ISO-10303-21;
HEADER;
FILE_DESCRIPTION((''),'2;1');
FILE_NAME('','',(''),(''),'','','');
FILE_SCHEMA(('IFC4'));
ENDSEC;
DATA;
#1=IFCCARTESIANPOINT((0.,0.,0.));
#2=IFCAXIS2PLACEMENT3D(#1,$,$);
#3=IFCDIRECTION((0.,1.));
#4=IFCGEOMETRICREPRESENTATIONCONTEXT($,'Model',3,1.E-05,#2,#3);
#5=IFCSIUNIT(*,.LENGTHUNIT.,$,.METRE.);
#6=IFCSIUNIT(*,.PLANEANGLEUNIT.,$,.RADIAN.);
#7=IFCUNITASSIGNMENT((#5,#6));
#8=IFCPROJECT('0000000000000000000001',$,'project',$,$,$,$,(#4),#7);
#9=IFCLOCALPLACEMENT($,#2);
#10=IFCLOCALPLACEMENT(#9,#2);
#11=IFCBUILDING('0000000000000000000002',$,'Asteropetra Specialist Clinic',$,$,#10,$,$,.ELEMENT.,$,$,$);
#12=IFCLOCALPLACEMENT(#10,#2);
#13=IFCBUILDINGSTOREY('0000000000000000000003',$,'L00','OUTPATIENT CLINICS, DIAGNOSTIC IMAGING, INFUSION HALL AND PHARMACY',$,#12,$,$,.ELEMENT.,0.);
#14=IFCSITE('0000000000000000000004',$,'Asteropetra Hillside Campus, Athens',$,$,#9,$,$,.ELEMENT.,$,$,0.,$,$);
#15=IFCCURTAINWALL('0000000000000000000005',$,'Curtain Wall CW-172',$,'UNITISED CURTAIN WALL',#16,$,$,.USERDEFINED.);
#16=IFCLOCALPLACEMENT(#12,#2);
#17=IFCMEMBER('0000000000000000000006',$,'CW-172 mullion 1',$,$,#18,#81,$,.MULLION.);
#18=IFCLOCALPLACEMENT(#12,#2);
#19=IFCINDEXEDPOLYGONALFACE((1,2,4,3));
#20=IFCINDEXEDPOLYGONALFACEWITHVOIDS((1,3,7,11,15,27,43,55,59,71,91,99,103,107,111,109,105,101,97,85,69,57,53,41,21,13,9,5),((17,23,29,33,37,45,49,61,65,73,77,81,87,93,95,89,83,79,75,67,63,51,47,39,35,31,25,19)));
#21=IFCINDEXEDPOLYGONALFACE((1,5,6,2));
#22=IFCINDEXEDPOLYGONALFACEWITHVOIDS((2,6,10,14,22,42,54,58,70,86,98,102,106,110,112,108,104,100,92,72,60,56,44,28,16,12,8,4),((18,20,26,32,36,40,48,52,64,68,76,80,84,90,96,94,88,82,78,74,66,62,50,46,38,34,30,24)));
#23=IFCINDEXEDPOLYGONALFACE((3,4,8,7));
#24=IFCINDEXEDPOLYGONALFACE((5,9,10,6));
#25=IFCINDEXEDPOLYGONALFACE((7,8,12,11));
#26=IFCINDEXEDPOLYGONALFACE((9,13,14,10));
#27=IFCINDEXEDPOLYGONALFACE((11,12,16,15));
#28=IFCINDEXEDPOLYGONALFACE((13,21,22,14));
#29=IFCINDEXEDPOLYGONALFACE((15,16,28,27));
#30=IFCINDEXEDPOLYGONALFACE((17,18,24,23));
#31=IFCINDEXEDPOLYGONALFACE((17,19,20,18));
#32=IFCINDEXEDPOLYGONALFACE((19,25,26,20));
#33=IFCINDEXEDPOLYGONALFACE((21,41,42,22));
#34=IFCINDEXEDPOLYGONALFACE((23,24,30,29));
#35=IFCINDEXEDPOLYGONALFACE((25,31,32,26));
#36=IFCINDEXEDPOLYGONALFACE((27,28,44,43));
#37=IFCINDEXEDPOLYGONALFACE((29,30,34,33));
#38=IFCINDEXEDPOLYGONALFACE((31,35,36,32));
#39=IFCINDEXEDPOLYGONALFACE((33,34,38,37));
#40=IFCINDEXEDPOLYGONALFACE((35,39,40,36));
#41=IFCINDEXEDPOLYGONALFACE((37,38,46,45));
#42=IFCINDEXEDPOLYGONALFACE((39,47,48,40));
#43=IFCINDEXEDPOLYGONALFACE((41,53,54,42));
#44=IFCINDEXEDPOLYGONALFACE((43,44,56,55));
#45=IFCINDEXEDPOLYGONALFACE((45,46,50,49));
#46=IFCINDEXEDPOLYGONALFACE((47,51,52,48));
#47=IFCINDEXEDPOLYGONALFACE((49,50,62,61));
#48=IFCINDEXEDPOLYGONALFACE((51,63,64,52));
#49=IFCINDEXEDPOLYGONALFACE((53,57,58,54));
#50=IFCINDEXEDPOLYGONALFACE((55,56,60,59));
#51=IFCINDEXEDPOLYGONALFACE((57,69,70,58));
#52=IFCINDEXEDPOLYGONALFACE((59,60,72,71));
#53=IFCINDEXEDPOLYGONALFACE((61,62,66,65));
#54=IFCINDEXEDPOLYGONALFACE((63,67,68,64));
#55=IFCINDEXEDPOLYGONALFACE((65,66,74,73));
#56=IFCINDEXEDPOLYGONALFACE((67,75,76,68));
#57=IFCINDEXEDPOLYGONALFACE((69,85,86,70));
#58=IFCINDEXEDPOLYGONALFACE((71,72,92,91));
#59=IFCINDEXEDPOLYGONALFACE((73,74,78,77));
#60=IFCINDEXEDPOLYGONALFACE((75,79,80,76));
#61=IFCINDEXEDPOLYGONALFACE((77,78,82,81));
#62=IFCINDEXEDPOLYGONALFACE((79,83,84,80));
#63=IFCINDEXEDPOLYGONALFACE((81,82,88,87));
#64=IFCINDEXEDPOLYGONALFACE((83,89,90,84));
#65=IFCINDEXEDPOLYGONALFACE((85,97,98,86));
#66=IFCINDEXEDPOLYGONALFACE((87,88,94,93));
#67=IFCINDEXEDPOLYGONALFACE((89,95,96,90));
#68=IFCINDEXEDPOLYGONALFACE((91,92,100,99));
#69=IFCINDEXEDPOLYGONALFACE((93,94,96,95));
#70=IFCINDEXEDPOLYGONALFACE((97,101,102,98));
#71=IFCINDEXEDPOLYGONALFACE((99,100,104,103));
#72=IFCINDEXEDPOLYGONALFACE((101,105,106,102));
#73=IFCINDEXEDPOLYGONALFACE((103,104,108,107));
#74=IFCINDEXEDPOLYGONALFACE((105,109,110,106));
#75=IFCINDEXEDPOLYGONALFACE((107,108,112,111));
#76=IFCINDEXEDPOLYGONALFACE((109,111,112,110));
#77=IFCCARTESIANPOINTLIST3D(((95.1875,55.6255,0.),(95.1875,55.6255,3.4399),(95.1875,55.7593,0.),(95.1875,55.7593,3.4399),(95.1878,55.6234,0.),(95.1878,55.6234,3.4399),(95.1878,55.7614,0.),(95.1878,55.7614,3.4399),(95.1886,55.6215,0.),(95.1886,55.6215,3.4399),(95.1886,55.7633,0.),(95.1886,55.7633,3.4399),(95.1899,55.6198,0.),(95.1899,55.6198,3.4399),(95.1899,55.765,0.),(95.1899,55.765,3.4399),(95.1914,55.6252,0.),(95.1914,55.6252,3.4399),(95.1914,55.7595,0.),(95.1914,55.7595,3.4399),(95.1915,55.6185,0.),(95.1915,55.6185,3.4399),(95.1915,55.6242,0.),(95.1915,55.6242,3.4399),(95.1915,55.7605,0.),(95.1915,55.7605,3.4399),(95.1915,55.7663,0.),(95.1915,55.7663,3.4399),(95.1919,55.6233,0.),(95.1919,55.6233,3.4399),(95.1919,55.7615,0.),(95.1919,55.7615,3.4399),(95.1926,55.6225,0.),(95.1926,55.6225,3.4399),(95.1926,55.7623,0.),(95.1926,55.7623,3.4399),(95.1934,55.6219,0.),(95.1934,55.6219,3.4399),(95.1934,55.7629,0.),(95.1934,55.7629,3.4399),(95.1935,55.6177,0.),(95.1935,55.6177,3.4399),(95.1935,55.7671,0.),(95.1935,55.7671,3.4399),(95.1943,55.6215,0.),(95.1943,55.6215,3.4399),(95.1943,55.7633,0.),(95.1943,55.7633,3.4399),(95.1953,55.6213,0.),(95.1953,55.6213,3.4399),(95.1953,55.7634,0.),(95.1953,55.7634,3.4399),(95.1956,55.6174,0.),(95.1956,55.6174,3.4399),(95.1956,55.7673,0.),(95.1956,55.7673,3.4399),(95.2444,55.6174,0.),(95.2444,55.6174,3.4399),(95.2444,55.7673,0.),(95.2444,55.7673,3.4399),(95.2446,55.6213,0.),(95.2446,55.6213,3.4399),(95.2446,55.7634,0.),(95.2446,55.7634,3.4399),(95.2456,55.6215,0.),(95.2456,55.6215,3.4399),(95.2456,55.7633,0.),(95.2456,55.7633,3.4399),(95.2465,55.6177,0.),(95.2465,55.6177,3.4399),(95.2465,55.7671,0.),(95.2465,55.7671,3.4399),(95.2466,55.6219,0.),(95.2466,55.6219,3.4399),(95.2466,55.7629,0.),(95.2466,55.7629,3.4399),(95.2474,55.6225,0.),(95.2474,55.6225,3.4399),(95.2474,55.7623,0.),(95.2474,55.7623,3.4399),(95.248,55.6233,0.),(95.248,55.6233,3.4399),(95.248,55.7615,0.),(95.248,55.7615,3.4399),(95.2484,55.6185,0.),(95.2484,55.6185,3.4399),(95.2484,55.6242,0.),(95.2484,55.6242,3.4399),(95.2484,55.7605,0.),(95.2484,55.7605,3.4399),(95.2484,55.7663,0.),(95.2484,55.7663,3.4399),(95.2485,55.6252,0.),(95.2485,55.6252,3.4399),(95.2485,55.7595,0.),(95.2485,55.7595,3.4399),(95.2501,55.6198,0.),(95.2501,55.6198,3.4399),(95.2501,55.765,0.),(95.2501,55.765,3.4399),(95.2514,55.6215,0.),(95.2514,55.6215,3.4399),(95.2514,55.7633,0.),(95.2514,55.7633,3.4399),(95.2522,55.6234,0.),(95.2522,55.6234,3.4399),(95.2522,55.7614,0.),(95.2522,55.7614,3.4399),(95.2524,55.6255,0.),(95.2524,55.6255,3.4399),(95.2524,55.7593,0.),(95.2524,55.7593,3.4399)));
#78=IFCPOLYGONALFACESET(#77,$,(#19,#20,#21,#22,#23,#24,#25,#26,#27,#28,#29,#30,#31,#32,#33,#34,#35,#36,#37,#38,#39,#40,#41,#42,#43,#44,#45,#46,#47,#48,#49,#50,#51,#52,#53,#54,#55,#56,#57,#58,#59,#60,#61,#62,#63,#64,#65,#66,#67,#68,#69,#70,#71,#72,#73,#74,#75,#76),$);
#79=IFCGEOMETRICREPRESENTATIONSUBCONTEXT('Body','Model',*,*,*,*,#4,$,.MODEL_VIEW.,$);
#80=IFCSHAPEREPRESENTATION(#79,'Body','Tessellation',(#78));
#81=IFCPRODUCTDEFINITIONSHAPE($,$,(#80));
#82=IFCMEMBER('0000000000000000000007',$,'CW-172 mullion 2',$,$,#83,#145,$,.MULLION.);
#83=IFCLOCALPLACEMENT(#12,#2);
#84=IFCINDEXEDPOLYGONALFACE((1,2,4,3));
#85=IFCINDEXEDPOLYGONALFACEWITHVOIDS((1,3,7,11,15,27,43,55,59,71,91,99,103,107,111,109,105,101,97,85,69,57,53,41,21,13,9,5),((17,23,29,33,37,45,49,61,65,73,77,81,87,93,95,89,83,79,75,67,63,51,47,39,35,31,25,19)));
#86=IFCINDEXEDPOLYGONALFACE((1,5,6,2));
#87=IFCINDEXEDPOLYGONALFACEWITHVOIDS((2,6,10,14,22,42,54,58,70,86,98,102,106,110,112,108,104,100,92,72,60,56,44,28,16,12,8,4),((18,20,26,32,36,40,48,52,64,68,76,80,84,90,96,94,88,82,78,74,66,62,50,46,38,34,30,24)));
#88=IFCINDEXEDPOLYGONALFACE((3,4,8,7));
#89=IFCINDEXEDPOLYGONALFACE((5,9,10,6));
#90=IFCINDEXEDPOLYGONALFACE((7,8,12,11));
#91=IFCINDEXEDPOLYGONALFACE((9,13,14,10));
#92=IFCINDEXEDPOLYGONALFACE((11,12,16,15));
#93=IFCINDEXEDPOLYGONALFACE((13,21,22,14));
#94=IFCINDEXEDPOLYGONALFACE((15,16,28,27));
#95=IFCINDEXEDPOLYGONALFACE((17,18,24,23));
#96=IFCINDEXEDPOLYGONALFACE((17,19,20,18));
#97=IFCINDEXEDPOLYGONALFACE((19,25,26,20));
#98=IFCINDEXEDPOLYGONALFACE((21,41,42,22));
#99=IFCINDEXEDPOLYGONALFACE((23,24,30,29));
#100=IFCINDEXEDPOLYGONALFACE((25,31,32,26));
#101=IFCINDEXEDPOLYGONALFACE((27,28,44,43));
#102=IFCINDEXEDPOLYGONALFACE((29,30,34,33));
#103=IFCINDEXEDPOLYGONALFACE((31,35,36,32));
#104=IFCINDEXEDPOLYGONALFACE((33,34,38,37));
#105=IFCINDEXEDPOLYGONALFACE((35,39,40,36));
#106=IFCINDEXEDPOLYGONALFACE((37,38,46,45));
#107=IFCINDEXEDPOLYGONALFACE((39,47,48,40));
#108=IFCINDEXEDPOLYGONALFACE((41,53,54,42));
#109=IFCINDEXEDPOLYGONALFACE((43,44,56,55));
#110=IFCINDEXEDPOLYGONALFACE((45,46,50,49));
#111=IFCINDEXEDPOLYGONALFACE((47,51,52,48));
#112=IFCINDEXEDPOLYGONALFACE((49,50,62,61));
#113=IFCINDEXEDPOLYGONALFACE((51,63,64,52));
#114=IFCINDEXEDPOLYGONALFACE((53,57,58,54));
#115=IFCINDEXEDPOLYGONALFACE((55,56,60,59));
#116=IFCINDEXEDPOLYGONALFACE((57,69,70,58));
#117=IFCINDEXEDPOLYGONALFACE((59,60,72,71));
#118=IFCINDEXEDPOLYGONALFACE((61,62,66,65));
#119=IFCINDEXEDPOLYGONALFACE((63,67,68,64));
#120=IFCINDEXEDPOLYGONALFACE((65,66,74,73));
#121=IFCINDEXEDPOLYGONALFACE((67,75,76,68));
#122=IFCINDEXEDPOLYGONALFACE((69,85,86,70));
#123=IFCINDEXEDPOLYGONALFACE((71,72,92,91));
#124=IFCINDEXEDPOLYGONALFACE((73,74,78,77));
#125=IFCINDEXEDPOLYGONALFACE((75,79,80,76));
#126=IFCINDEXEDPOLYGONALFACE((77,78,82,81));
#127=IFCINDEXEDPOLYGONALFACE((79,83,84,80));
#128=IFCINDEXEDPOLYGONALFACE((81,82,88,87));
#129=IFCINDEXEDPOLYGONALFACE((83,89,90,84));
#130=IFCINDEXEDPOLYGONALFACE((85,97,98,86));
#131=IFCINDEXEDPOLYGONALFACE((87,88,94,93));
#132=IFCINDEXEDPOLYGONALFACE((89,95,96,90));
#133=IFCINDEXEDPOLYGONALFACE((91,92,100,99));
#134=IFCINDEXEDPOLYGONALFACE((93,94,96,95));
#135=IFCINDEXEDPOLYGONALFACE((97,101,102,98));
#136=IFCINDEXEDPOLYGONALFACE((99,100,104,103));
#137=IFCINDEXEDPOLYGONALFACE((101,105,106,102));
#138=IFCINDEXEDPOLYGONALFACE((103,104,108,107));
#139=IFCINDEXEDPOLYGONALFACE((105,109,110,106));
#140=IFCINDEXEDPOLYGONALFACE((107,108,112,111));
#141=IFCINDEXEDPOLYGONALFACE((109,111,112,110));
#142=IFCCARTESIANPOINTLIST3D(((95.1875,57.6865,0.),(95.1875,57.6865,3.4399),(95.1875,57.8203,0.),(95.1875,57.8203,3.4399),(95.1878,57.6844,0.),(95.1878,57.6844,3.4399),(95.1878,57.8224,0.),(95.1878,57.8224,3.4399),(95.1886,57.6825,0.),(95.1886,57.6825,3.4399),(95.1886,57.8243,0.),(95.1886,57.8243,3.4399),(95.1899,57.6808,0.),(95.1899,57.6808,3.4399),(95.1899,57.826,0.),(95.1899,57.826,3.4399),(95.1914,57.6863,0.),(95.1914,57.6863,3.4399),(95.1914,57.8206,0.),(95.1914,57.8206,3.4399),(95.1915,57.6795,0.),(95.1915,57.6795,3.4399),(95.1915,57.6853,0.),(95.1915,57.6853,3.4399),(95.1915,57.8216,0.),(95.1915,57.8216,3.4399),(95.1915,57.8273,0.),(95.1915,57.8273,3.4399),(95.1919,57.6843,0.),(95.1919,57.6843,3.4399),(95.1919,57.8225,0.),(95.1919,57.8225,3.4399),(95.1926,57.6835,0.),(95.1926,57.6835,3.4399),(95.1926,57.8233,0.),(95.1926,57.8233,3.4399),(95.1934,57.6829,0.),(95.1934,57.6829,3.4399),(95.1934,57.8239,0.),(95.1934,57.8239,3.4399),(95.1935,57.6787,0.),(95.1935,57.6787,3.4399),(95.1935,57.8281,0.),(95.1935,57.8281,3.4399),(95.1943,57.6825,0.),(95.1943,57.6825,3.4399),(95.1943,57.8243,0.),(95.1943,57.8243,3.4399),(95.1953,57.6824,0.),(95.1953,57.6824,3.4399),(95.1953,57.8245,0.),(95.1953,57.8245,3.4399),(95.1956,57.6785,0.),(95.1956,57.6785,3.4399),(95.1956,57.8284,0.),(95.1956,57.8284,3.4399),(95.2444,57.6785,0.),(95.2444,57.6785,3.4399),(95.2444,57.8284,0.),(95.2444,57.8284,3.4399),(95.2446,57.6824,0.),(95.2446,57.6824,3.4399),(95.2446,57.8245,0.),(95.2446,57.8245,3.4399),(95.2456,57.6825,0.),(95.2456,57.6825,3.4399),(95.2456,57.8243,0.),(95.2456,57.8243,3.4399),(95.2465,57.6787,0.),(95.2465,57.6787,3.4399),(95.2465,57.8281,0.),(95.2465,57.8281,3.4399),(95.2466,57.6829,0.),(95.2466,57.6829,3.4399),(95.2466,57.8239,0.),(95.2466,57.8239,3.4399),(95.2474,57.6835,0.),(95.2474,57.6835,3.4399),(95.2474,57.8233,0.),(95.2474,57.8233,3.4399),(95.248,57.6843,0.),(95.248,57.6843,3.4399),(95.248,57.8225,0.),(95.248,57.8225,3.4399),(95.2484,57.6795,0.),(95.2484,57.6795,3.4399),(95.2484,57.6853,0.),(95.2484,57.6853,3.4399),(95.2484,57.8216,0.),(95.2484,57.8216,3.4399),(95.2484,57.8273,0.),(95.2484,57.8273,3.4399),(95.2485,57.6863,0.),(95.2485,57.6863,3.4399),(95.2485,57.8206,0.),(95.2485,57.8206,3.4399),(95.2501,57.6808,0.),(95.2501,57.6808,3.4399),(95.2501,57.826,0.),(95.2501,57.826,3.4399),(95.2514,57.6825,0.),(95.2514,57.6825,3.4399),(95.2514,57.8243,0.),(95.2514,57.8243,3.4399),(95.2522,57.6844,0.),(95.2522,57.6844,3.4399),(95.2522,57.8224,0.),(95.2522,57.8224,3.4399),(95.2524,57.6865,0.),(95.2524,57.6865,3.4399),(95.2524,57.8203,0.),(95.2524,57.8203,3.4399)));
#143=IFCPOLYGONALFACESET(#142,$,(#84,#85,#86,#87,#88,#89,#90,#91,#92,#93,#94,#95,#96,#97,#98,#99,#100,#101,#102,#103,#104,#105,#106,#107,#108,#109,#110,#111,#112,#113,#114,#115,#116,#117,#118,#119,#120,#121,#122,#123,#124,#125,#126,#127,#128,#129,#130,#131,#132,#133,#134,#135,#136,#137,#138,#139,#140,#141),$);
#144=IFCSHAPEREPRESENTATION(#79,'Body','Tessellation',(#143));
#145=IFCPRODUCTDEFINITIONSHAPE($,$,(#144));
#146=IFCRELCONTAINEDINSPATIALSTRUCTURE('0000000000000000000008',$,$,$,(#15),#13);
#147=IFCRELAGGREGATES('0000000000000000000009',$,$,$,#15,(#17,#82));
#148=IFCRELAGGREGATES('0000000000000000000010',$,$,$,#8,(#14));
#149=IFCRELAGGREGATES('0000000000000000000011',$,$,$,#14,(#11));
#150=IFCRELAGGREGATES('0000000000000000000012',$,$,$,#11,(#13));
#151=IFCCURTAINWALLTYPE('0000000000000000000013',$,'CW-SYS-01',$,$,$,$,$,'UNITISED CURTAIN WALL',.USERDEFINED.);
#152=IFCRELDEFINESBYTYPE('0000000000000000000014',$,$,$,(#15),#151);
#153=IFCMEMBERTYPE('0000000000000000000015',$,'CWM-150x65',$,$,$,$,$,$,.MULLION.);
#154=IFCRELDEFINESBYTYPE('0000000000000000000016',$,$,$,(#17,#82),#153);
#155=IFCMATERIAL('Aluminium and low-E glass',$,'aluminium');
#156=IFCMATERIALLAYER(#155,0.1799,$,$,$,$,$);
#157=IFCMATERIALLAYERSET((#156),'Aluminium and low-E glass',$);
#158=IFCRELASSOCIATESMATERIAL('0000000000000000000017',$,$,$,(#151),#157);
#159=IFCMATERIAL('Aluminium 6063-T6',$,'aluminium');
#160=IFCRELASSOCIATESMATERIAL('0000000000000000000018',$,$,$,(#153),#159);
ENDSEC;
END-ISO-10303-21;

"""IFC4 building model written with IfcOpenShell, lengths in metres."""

from ifc_helpers import new_model, si_unit, direction, frame, origin, origin_2d, place, context, subcontext, project, spatial, hollow_rectangle, extrude, material, layer, layer_set, material_profile, profile_set, type_object, element, aggregate, save


model = new_model("IFC4")

# Units and contexts
model_context = context("Model", 3, precision=1e-05, world=origin(), true_north=direction((0.0, 1.0)))
body_context = subcontext(model_context, "Body", "Model", "MODEL_VIEW")
ifc_project = project(units=[si_unit("LENGTHUNIT", "METRE"), si_unit("PLANEANGLEUNIT", "RADIAN")], contexts=[model_context])

# Site, building, storey
site_placement = place(None, origin())
site = spatial("IfcSite", under=ifc_project, at=site_placement, Name="Asteropetra Hillside Campus, Athens", CompositionType="ELEMENT", RefElevation=0.0)
building_placement = place(site_placement, origin())
building = spatial("IfcBuilding", under=site, at=building_placement, Name="Asteropetra Specialist Clinic", CompositionType="ELEMENT")
storey_placement = place(building_placement, origin())
storey = spatial("IfcBuildingStorey", under=building, at=storey_placement, Name="L00", Description="OUTPATIENT CLINICS, DIAGNOSTIC IMAGING, INFUSION HALL AND PHARMACY", CompositionType="ELEMENT", Elevation=0.0)

# Curtain wall, members
ifc_material_1 = material(Name="Aluminium and low-E glass", Category="aluminium")
ifc_layer_1 = layer(ifc_material_1, 0.1799)
ifc_layer_set_1 = layer_set([ifc_layer_1], Name="Aluminium and low-E glass")
curtain_wall_type_1 = type_object("IfcCurtainWallType", Name="CW-SYS-01", ElementType="UNITISED CURTAIN WALL", PredefinedType="USERDEFINED", material=ifc_layer_set_1)
curtain_wall_1_placement = place(storey_placement, origin())
curtain_wall_1 = element("IfcCurtainWall", 1, at=curtain_wall_1_placement, inside=storey, type_object=curtain_wall_type_1, Name="Curtain Wall CW-172", ObjectType="UNITISED CURTAIN WALL", PredefinedType="USERDEFINED")
ifc_material_2 = material(Name="Aluminium 6063-T6", Category="aluminium")
ifc_material_profile_1 = material_profile(ifc_material_2, hollow_rectangle(XDim=0.0649, YDim=0.1499, WallThickness=0.0039, InnerFilletRadius=0.0039, OuterFilletRadius=0.0081, at=origin_2d()), Name="MUL 150x65x4.0")
ifc_profile_set_1 = profile_set([ifc_material_profile_1], Name="Aluminium 6063-T6")
member_type_1 = type_object("IfcMemberType", Name="CWM-150x65", PredefinedType="MULLION", material=ifc_profile_set_1)
member_1_placement = place(storey_placement, frame((95.22, 55.6924, 0.0), z_axis=(0.0, 0.0, 1.0), x_axis=(-1.0, 0.0, 0.0)))
member_1 = element("IfcMember", 2, at=member_1_placement, type_object=member_type_1, Name="CW-172 mullion 1", PredefinedType="MULLION", context=body_context, shape_type="SweptSolid", body=[
    extrude(hollow_rectangle(XDim=0.0649, YDim=0.1499, WallThickness=0.0039, InnerFilletRadius=0.0039, OuterFilletRadius=0.0081, at=origin_2d()), origin(), (0.0, 0.0, 1.0), 3.4399),
])
member_2_placement = place(storey_placement, frame((95.22, 57.7534, 0.0), z_axis=(0.0, 0.0, 1.0), x_axis=(-1.0, 0.0, 0.0)))
member_2 = element("IfcMember", 3, at=member_2_placement, type_object=member_type_1, Name="CW-172 mullion 2", PredefinedType="MULLION", context=body_context, shape_type="SweptSolid", body=[
    extrude(hollow_rectangle(XDim=0.0649, YDim=0.1499, WallThickness=0.0039, InnerFilletRadius=0.0039, OuterFilletRadius=0.0081, at=origin_2d()), origin(), (0.0, 0.0, 1.0), 3.4399),
])

aggregate(curtain_wall_1, [member_1, member_2])

save(model, "model.ifc")
